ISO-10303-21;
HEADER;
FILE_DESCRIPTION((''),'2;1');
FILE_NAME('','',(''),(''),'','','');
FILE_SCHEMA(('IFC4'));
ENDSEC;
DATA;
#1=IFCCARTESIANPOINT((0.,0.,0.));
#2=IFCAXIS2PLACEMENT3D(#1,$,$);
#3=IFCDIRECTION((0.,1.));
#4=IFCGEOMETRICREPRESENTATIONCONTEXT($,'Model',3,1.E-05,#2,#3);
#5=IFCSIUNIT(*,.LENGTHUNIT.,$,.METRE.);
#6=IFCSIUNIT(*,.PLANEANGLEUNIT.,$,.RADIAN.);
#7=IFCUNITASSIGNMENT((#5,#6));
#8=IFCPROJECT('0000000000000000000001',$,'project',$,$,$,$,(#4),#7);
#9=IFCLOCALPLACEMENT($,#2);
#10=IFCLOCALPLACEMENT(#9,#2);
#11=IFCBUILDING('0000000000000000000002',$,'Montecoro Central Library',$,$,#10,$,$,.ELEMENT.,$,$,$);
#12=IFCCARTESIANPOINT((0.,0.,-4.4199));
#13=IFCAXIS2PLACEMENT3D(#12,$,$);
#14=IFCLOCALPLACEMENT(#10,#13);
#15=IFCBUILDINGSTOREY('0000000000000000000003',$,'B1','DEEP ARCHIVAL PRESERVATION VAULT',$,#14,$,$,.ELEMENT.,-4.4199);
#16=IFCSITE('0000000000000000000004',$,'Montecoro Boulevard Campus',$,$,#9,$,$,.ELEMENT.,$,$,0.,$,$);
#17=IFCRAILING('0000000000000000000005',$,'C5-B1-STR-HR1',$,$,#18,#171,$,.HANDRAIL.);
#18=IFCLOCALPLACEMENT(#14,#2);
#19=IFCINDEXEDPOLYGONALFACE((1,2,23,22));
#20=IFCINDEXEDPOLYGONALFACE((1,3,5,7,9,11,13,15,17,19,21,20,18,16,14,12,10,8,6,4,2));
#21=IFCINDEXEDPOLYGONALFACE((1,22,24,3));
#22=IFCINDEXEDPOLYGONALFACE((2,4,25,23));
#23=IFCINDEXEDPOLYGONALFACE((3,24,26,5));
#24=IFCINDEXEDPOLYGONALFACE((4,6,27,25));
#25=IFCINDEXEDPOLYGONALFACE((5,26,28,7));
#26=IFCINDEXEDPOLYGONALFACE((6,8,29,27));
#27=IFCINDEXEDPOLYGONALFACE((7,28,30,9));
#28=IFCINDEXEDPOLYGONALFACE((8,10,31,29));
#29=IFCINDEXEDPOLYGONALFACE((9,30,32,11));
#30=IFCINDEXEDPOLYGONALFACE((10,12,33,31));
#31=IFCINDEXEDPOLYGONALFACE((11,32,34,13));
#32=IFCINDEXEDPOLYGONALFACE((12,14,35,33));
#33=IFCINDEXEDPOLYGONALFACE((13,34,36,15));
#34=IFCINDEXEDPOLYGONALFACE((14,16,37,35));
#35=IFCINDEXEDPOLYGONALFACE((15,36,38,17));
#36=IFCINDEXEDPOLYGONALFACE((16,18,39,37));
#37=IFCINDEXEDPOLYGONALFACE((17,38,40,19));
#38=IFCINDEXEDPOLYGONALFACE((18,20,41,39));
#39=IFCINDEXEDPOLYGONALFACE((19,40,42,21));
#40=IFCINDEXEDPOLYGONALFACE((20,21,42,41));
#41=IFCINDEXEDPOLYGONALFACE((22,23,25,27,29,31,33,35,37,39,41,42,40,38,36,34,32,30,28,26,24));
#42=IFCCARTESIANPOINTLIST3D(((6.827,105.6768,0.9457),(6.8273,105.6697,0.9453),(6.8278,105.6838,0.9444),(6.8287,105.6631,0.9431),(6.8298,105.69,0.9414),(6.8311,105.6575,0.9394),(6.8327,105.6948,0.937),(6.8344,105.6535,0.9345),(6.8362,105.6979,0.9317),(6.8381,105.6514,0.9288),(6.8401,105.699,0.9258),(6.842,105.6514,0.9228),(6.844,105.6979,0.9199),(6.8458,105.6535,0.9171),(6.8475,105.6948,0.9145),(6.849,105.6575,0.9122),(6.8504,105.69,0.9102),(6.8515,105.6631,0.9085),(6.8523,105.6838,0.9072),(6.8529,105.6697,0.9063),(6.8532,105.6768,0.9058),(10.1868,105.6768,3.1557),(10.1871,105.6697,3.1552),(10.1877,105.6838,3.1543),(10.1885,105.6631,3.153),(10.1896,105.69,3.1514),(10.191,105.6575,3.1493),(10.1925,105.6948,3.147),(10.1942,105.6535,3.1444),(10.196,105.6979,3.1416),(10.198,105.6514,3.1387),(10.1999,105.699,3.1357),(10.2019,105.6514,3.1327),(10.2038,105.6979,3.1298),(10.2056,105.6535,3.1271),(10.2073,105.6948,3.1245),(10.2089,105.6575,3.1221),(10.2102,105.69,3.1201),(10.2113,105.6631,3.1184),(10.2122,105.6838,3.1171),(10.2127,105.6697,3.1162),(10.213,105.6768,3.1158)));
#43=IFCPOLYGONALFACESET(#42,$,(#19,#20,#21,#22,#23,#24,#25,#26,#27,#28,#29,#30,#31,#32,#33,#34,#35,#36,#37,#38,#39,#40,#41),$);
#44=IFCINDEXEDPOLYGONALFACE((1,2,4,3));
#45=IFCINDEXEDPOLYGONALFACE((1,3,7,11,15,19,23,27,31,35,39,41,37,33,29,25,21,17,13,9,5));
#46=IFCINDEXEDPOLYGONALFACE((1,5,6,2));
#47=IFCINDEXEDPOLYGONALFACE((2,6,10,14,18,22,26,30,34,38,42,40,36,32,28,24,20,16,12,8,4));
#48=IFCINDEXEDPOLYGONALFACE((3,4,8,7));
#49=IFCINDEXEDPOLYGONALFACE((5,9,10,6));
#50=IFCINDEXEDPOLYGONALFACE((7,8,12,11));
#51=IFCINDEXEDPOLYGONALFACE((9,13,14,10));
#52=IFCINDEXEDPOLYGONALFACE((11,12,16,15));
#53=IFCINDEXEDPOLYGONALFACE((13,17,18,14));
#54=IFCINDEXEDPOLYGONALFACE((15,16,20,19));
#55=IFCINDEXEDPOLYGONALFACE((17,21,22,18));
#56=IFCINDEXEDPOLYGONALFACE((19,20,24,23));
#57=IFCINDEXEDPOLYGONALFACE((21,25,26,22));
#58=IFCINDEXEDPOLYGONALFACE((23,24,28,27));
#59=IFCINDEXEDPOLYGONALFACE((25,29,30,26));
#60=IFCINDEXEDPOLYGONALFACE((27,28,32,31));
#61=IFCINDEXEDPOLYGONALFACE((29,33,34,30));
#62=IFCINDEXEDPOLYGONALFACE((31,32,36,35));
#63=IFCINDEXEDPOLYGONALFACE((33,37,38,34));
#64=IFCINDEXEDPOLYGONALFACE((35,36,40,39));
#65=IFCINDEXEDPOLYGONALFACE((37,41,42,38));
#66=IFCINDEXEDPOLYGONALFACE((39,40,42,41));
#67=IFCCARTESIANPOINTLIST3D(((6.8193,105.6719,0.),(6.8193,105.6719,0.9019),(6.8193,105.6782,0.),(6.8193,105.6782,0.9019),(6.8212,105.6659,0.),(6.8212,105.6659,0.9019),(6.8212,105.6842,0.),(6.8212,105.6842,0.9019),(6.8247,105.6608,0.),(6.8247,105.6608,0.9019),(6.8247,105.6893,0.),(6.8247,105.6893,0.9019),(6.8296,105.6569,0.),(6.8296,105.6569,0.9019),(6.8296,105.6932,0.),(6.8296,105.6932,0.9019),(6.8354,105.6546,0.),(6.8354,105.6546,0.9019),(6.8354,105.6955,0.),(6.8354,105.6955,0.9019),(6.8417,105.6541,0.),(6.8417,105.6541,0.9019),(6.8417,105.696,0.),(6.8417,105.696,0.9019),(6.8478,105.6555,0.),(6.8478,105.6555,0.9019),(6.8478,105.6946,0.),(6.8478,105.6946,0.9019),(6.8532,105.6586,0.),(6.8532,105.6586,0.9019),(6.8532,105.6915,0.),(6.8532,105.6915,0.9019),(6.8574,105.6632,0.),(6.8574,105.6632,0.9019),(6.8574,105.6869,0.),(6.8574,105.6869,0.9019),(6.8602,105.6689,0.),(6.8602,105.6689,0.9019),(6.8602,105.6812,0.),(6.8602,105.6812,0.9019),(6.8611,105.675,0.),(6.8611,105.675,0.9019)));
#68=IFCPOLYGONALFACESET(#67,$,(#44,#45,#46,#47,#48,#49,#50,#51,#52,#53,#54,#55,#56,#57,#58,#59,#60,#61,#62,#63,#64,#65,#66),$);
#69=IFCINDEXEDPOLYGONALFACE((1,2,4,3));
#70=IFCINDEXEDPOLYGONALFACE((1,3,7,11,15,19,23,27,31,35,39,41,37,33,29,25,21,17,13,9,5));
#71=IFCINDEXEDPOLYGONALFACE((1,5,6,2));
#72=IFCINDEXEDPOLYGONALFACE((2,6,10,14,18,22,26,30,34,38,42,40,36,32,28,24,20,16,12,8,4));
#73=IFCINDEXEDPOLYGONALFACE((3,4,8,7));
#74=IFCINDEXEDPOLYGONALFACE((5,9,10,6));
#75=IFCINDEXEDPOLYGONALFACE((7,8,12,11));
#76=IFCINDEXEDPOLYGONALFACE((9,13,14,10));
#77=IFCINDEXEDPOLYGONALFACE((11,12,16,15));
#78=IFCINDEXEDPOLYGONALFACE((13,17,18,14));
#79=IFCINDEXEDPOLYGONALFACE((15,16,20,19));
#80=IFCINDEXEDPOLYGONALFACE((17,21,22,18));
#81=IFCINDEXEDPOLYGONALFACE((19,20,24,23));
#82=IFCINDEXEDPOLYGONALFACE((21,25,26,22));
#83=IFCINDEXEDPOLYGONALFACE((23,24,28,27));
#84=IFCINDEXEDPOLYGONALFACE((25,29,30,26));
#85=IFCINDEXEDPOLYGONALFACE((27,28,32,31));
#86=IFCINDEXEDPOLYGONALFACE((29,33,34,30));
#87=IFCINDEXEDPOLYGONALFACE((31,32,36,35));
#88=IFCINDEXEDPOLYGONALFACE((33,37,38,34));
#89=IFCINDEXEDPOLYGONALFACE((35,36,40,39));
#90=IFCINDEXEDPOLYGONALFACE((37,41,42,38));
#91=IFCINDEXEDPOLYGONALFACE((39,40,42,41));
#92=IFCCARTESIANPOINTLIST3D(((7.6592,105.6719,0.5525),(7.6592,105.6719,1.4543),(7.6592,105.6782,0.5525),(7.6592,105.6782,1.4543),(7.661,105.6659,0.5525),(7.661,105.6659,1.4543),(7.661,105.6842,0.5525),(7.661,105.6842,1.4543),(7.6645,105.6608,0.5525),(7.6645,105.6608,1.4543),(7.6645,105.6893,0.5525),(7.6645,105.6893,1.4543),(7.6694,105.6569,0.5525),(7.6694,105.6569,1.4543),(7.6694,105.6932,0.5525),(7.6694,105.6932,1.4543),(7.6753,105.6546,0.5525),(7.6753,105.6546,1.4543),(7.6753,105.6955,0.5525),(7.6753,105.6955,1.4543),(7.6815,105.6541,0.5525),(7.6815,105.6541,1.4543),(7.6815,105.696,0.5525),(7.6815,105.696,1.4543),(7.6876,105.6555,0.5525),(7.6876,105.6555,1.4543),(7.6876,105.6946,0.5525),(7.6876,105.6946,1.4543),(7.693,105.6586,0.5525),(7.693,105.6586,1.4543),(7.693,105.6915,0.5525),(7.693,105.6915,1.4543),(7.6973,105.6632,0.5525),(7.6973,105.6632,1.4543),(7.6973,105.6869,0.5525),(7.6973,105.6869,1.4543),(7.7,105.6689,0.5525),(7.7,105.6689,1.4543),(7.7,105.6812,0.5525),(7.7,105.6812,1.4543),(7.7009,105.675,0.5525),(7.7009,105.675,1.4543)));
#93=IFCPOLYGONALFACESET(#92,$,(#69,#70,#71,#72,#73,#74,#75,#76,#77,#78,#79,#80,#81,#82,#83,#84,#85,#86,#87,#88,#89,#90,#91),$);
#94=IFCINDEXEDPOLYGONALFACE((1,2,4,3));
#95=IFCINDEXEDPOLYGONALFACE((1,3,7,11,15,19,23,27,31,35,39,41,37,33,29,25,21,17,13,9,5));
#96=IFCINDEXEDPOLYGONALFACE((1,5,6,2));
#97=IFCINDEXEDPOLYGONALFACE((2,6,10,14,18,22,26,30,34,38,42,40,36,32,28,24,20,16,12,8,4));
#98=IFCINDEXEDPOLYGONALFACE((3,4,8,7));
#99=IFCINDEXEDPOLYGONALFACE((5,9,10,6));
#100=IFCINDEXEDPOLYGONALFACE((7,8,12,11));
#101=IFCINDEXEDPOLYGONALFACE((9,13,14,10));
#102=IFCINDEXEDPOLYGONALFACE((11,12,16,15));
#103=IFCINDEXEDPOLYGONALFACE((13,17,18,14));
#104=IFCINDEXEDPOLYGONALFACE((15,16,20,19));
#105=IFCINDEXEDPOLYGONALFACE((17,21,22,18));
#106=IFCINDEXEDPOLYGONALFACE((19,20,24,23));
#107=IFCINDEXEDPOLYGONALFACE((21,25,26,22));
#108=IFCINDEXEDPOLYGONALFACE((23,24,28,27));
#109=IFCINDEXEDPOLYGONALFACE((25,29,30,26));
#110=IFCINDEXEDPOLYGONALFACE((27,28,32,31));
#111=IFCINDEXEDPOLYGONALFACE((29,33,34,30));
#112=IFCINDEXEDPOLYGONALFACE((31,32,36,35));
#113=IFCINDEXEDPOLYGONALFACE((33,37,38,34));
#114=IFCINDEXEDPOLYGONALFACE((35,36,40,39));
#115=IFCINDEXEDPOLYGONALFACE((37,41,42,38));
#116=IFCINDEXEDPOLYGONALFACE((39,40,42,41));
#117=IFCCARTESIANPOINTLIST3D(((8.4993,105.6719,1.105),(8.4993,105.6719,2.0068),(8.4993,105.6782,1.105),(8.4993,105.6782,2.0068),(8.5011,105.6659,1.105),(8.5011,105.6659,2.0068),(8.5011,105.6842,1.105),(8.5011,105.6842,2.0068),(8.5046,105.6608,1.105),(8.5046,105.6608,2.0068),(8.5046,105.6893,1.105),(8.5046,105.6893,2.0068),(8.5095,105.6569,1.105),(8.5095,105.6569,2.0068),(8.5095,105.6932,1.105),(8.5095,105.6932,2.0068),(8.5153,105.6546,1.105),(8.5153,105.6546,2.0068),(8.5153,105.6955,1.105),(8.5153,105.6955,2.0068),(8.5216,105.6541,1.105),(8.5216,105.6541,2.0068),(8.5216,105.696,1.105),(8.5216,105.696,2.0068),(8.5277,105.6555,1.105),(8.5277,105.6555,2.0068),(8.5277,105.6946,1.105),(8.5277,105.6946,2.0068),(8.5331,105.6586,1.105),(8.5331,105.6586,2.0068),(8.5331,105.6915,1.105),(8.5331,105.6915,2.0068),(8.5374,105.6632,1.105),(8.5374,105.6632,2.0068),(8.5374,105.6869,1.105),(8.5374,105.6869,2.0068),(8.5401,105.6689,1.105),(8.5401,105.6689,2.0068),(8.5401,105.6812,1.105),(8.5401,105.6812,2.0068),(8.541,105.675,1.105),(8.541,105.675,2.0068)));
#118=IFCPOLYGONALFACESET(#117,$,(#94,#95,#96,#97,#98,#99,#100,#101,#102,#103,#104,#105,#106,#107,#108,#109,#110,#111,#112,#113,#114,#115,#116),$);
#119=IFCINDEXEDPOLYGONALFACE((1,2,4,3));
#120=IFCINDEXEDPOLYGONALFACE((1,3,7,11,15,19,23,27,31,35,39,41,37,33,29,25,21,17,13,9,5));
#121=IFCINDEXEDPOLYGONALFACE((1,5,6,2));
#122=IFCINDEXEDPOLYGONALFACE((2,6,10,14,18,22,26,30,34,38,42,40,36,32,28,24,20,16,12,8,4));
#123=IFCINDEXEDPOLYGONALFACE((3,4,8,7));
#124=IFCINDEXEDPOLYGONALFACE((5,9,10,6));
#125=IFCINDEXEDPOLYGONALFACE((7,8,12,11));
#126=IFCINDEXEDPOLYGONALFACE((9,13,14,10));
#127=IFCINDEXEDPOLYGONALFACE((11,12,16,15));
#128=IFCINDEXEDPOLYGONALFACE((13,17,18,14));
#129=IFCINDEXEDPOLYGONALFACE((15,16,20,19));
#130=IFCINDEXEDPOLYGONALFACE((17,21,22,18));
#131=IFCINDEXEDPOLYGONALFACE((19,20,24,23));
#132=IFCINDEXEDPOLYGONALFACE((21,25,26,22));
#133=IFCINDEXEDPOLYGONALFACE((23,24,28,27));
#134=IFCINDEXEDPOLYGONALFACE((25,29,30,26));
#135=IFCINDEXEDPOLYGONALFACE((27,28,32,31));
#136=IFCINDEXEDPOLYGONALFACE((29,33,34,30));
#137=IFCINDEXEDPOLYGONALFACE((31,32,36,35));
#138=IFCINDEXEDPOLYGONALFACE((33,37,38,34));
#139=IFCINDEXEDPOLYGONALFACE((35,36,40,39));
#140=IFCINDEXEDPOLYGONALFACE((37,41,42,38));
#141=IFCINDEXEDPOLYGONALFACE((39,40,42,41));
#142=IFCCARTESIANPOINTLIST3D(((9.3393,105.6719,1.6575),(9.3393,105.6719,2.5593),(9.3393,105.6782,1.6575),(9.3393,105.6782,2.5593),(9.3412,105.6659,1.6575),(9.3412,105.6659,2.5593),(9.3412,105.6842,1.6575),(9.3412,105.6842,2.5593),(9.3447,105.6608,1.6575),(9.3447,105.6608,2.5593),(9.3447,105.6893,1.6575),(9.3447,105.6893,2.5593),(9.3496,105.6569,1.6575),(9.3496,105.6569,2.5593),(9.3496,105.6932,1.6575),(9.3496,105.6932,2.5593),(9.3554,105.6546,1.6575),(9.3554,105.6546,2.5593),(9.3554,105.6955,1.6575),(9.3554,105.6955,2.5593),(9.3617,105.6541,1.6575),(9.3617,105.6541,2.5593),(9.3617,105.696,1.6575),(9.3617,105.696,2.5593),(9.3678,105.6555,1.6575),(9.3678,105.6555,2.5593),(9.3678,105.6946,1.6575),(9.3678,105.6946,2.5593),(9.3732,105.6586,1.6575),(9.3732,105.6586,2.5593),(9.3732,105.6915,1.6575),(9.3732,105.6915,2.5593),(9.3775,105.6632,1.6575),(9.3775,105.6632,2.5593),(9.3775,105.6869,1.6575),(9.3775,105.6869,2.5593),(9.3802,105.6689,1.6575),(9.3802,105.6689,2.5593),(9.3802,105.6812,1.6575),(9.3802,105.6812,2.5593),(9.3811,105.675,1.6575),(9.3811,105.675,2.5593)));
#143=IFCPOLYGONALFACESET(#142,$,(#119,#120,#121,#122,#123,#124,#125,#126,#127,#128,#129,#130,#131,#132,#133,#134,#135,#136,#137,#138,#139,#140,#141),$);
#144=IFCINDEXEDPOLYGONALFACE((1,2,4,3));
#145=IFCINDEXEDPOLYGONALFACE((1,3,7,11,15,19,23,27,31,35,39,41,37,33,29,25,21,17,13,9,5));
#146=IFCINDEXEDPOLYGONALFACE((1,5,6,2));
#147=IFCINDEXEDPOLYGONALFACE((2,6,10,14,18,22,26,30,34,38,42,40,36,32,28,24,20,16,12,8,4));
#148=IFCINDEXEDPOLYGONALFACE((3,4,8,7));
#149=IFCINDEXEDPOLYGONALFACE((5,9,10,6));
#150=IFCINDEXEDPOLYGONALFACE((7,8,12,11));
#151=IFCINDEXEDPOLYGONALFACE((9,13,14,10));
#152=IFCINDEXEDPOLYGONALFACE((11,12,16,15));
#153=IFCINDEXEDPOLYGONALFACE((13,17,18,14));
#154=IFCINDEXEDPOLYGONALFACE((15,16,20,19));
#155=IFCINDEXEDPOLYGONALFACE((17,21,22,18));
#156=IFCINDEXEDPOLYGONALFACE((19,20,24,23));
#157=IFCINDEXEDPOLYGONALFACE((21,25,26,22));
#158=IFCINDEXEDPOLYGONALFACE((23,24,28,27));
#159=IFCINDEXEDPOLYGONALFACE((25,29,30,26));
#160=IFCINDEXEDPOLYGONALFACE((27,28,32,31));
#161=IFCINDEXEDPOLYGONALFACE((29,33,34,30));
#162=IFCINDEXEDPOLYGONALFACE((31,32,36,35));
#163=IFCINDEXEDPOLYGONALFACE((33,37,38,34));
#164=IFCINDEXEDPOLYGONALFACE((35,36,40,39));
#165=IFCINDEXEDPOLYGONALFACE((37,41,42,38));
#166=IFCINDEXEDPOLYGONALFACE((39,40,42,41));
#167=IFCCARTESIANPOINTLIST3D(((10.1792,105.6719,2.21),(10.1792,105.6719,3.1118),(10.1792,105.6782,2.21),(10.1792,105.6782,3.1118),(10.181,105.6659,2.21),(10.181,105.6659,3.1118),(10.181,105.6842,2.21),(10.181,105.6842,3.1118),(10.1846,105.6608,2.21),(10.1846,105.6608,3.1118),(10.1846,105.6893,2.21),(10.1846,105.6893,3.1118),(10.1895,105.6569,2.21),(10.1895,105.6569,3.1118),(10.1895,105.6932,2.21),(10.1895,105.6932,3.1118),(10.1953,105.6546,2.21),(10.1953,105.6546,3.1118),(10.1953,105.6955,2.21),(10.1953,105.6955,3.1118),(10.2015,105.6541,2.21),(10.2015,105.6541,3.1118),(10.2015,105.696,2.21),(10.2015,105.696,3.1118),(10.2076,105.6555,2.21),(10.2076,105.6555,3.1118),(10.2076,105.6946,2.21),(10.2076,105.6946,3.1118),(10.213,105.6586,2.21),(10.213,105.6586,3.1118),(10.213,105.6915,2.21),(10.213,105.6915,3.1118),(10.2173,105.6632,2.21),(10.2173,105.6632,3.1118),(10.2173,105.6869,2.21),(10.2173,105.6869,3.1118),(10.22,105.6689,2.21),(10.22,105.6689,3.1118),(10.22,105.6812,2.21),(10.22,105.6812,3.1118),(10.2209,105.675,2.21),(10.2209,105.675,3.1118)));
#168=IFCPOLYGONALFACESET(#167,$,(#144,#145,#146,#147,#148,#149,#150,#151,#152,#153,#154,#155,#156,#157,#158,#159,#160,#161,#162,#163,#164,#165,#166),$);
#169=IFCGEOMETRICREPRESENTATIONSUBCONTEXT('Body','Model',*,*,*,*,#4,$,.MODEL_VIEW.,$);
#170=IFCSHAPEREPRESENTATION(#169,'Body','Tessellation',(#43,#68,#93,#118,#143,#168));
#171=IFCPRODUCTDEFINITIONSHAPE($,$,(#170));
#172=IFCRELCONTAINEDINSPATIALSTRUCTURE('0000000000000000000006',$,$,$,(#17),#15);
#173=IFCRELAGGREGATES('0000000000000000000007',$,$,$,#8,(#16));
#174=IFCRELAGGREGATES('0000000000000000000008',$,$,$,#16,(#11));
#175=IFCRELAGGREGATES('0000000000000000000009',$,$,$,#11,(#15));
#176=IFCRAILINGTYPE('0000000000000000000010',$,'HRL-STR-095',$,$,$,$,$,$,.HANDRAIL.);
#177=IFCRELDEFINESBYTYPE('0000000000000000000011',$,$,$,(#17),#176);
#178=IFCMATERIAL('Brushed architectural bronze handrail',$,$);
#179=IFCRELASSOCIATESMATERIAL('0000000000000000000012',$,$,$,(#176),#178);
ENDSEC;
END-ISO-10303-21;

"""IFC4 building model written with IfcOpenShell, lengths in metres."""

from ifc_helpers import new_model, si_unit, direction, frame, origin, origin_2d, place, context, subcontext, project, spatial, circle, extrude, material, type_object, element, save


model = new_model("IFC4")

# Units and contexts
model_context = context("Model", 3, precision=1e-05, world=origin(), true_north=direction((0.0, 1.0)))
body_context = subcontext(model_context, "Body", "Model", "MODEL_VIEW")
ifc_project = project(units=[si_unit("LENGTHUNIT", "METRE"), si_unit("PLANEANGLEUNIT", "RADIAN")], contexts=[model_context])

# Site, building, storey
site_placement = place(None, origin())
site = spatial("IfcSite", under=ifc_project, at=site_placement, Name="Montecoro Boulevard Campus", CompositionType="ELEMENT", RefElevation=0.0)
building_placement = place(site_placement, origin())
building = spatial("IfcBuilding", under=site, at=building_placement, Name="Montecoro Central Library", CompositionType="ELEMENT")
storey_placement = place(building_placement, frame((0.0, 0.0, -4.4199)))
storey = spatial("IfcBuildingStorey", under=building, at=storey_placement, Name="B1", Description="DEEP ARCHIVAL PRESERVATION VAULT", CompositionType="ELEMENT", Elevation=-4.4199)

# Railing
ifc_material_1 = material(Name="Brushed architectural bronze handrail")
railing_type_1 = type_object("IfcRailingType", Name="HRL-STR-095", PredefinedType="HANDRAIL", material=ifc_material_1)
railing_1_placement = place(storey_placement, frame((6.8401, 105.675, 0.0)))
element("IfcRailing", 1, at=railing_1_placement, inside=storey, type_object=railing_type_1, Name="C5-B1-STR-HR1", PredefinedType="HANDRAIL", context=body_context, shape_type="SweptSolid", body=[
    extrude(circle(Radius=0.0239, at=origin_2d()), frame((0.0, 0.0, 0.9258), z_axis=(0.835471, 0.0, 0.549534), x_axis=(0.0, 1.0, 0.0)), (0.0, 0.0, 1.0), 4.0215),
    extrude(circle(Radius=0.021, at=origin_2d()), origin(), (0.0, 0.0, 1.0), 0.9019),
    extrude(circle(Radius=0.021, at=origin_2d()), frame((0.8398, 0.0, 0.5525)), (0.0, 0.0, 1.0), 0.9019),
    extrude(circle(Radius=0.021, at=origin_2d()), frame((1.6799, 0.0, 1.105)), (0.0, 0.0, 1.0), 0.9019),
    extrude(circle(Radius=0.021, at=origin_2d()), frame((2.52, 0.0, 1.6575)), (0.0, 0.0, 1.0), 0.9019),
    extrude(circle(Radius=0.021, at=origin_2d()), frame((3.3599, 0.0, 2.21)), (0.0, 0.0, 1.0), 0.9019),
])

save(model, "model.ifc")
